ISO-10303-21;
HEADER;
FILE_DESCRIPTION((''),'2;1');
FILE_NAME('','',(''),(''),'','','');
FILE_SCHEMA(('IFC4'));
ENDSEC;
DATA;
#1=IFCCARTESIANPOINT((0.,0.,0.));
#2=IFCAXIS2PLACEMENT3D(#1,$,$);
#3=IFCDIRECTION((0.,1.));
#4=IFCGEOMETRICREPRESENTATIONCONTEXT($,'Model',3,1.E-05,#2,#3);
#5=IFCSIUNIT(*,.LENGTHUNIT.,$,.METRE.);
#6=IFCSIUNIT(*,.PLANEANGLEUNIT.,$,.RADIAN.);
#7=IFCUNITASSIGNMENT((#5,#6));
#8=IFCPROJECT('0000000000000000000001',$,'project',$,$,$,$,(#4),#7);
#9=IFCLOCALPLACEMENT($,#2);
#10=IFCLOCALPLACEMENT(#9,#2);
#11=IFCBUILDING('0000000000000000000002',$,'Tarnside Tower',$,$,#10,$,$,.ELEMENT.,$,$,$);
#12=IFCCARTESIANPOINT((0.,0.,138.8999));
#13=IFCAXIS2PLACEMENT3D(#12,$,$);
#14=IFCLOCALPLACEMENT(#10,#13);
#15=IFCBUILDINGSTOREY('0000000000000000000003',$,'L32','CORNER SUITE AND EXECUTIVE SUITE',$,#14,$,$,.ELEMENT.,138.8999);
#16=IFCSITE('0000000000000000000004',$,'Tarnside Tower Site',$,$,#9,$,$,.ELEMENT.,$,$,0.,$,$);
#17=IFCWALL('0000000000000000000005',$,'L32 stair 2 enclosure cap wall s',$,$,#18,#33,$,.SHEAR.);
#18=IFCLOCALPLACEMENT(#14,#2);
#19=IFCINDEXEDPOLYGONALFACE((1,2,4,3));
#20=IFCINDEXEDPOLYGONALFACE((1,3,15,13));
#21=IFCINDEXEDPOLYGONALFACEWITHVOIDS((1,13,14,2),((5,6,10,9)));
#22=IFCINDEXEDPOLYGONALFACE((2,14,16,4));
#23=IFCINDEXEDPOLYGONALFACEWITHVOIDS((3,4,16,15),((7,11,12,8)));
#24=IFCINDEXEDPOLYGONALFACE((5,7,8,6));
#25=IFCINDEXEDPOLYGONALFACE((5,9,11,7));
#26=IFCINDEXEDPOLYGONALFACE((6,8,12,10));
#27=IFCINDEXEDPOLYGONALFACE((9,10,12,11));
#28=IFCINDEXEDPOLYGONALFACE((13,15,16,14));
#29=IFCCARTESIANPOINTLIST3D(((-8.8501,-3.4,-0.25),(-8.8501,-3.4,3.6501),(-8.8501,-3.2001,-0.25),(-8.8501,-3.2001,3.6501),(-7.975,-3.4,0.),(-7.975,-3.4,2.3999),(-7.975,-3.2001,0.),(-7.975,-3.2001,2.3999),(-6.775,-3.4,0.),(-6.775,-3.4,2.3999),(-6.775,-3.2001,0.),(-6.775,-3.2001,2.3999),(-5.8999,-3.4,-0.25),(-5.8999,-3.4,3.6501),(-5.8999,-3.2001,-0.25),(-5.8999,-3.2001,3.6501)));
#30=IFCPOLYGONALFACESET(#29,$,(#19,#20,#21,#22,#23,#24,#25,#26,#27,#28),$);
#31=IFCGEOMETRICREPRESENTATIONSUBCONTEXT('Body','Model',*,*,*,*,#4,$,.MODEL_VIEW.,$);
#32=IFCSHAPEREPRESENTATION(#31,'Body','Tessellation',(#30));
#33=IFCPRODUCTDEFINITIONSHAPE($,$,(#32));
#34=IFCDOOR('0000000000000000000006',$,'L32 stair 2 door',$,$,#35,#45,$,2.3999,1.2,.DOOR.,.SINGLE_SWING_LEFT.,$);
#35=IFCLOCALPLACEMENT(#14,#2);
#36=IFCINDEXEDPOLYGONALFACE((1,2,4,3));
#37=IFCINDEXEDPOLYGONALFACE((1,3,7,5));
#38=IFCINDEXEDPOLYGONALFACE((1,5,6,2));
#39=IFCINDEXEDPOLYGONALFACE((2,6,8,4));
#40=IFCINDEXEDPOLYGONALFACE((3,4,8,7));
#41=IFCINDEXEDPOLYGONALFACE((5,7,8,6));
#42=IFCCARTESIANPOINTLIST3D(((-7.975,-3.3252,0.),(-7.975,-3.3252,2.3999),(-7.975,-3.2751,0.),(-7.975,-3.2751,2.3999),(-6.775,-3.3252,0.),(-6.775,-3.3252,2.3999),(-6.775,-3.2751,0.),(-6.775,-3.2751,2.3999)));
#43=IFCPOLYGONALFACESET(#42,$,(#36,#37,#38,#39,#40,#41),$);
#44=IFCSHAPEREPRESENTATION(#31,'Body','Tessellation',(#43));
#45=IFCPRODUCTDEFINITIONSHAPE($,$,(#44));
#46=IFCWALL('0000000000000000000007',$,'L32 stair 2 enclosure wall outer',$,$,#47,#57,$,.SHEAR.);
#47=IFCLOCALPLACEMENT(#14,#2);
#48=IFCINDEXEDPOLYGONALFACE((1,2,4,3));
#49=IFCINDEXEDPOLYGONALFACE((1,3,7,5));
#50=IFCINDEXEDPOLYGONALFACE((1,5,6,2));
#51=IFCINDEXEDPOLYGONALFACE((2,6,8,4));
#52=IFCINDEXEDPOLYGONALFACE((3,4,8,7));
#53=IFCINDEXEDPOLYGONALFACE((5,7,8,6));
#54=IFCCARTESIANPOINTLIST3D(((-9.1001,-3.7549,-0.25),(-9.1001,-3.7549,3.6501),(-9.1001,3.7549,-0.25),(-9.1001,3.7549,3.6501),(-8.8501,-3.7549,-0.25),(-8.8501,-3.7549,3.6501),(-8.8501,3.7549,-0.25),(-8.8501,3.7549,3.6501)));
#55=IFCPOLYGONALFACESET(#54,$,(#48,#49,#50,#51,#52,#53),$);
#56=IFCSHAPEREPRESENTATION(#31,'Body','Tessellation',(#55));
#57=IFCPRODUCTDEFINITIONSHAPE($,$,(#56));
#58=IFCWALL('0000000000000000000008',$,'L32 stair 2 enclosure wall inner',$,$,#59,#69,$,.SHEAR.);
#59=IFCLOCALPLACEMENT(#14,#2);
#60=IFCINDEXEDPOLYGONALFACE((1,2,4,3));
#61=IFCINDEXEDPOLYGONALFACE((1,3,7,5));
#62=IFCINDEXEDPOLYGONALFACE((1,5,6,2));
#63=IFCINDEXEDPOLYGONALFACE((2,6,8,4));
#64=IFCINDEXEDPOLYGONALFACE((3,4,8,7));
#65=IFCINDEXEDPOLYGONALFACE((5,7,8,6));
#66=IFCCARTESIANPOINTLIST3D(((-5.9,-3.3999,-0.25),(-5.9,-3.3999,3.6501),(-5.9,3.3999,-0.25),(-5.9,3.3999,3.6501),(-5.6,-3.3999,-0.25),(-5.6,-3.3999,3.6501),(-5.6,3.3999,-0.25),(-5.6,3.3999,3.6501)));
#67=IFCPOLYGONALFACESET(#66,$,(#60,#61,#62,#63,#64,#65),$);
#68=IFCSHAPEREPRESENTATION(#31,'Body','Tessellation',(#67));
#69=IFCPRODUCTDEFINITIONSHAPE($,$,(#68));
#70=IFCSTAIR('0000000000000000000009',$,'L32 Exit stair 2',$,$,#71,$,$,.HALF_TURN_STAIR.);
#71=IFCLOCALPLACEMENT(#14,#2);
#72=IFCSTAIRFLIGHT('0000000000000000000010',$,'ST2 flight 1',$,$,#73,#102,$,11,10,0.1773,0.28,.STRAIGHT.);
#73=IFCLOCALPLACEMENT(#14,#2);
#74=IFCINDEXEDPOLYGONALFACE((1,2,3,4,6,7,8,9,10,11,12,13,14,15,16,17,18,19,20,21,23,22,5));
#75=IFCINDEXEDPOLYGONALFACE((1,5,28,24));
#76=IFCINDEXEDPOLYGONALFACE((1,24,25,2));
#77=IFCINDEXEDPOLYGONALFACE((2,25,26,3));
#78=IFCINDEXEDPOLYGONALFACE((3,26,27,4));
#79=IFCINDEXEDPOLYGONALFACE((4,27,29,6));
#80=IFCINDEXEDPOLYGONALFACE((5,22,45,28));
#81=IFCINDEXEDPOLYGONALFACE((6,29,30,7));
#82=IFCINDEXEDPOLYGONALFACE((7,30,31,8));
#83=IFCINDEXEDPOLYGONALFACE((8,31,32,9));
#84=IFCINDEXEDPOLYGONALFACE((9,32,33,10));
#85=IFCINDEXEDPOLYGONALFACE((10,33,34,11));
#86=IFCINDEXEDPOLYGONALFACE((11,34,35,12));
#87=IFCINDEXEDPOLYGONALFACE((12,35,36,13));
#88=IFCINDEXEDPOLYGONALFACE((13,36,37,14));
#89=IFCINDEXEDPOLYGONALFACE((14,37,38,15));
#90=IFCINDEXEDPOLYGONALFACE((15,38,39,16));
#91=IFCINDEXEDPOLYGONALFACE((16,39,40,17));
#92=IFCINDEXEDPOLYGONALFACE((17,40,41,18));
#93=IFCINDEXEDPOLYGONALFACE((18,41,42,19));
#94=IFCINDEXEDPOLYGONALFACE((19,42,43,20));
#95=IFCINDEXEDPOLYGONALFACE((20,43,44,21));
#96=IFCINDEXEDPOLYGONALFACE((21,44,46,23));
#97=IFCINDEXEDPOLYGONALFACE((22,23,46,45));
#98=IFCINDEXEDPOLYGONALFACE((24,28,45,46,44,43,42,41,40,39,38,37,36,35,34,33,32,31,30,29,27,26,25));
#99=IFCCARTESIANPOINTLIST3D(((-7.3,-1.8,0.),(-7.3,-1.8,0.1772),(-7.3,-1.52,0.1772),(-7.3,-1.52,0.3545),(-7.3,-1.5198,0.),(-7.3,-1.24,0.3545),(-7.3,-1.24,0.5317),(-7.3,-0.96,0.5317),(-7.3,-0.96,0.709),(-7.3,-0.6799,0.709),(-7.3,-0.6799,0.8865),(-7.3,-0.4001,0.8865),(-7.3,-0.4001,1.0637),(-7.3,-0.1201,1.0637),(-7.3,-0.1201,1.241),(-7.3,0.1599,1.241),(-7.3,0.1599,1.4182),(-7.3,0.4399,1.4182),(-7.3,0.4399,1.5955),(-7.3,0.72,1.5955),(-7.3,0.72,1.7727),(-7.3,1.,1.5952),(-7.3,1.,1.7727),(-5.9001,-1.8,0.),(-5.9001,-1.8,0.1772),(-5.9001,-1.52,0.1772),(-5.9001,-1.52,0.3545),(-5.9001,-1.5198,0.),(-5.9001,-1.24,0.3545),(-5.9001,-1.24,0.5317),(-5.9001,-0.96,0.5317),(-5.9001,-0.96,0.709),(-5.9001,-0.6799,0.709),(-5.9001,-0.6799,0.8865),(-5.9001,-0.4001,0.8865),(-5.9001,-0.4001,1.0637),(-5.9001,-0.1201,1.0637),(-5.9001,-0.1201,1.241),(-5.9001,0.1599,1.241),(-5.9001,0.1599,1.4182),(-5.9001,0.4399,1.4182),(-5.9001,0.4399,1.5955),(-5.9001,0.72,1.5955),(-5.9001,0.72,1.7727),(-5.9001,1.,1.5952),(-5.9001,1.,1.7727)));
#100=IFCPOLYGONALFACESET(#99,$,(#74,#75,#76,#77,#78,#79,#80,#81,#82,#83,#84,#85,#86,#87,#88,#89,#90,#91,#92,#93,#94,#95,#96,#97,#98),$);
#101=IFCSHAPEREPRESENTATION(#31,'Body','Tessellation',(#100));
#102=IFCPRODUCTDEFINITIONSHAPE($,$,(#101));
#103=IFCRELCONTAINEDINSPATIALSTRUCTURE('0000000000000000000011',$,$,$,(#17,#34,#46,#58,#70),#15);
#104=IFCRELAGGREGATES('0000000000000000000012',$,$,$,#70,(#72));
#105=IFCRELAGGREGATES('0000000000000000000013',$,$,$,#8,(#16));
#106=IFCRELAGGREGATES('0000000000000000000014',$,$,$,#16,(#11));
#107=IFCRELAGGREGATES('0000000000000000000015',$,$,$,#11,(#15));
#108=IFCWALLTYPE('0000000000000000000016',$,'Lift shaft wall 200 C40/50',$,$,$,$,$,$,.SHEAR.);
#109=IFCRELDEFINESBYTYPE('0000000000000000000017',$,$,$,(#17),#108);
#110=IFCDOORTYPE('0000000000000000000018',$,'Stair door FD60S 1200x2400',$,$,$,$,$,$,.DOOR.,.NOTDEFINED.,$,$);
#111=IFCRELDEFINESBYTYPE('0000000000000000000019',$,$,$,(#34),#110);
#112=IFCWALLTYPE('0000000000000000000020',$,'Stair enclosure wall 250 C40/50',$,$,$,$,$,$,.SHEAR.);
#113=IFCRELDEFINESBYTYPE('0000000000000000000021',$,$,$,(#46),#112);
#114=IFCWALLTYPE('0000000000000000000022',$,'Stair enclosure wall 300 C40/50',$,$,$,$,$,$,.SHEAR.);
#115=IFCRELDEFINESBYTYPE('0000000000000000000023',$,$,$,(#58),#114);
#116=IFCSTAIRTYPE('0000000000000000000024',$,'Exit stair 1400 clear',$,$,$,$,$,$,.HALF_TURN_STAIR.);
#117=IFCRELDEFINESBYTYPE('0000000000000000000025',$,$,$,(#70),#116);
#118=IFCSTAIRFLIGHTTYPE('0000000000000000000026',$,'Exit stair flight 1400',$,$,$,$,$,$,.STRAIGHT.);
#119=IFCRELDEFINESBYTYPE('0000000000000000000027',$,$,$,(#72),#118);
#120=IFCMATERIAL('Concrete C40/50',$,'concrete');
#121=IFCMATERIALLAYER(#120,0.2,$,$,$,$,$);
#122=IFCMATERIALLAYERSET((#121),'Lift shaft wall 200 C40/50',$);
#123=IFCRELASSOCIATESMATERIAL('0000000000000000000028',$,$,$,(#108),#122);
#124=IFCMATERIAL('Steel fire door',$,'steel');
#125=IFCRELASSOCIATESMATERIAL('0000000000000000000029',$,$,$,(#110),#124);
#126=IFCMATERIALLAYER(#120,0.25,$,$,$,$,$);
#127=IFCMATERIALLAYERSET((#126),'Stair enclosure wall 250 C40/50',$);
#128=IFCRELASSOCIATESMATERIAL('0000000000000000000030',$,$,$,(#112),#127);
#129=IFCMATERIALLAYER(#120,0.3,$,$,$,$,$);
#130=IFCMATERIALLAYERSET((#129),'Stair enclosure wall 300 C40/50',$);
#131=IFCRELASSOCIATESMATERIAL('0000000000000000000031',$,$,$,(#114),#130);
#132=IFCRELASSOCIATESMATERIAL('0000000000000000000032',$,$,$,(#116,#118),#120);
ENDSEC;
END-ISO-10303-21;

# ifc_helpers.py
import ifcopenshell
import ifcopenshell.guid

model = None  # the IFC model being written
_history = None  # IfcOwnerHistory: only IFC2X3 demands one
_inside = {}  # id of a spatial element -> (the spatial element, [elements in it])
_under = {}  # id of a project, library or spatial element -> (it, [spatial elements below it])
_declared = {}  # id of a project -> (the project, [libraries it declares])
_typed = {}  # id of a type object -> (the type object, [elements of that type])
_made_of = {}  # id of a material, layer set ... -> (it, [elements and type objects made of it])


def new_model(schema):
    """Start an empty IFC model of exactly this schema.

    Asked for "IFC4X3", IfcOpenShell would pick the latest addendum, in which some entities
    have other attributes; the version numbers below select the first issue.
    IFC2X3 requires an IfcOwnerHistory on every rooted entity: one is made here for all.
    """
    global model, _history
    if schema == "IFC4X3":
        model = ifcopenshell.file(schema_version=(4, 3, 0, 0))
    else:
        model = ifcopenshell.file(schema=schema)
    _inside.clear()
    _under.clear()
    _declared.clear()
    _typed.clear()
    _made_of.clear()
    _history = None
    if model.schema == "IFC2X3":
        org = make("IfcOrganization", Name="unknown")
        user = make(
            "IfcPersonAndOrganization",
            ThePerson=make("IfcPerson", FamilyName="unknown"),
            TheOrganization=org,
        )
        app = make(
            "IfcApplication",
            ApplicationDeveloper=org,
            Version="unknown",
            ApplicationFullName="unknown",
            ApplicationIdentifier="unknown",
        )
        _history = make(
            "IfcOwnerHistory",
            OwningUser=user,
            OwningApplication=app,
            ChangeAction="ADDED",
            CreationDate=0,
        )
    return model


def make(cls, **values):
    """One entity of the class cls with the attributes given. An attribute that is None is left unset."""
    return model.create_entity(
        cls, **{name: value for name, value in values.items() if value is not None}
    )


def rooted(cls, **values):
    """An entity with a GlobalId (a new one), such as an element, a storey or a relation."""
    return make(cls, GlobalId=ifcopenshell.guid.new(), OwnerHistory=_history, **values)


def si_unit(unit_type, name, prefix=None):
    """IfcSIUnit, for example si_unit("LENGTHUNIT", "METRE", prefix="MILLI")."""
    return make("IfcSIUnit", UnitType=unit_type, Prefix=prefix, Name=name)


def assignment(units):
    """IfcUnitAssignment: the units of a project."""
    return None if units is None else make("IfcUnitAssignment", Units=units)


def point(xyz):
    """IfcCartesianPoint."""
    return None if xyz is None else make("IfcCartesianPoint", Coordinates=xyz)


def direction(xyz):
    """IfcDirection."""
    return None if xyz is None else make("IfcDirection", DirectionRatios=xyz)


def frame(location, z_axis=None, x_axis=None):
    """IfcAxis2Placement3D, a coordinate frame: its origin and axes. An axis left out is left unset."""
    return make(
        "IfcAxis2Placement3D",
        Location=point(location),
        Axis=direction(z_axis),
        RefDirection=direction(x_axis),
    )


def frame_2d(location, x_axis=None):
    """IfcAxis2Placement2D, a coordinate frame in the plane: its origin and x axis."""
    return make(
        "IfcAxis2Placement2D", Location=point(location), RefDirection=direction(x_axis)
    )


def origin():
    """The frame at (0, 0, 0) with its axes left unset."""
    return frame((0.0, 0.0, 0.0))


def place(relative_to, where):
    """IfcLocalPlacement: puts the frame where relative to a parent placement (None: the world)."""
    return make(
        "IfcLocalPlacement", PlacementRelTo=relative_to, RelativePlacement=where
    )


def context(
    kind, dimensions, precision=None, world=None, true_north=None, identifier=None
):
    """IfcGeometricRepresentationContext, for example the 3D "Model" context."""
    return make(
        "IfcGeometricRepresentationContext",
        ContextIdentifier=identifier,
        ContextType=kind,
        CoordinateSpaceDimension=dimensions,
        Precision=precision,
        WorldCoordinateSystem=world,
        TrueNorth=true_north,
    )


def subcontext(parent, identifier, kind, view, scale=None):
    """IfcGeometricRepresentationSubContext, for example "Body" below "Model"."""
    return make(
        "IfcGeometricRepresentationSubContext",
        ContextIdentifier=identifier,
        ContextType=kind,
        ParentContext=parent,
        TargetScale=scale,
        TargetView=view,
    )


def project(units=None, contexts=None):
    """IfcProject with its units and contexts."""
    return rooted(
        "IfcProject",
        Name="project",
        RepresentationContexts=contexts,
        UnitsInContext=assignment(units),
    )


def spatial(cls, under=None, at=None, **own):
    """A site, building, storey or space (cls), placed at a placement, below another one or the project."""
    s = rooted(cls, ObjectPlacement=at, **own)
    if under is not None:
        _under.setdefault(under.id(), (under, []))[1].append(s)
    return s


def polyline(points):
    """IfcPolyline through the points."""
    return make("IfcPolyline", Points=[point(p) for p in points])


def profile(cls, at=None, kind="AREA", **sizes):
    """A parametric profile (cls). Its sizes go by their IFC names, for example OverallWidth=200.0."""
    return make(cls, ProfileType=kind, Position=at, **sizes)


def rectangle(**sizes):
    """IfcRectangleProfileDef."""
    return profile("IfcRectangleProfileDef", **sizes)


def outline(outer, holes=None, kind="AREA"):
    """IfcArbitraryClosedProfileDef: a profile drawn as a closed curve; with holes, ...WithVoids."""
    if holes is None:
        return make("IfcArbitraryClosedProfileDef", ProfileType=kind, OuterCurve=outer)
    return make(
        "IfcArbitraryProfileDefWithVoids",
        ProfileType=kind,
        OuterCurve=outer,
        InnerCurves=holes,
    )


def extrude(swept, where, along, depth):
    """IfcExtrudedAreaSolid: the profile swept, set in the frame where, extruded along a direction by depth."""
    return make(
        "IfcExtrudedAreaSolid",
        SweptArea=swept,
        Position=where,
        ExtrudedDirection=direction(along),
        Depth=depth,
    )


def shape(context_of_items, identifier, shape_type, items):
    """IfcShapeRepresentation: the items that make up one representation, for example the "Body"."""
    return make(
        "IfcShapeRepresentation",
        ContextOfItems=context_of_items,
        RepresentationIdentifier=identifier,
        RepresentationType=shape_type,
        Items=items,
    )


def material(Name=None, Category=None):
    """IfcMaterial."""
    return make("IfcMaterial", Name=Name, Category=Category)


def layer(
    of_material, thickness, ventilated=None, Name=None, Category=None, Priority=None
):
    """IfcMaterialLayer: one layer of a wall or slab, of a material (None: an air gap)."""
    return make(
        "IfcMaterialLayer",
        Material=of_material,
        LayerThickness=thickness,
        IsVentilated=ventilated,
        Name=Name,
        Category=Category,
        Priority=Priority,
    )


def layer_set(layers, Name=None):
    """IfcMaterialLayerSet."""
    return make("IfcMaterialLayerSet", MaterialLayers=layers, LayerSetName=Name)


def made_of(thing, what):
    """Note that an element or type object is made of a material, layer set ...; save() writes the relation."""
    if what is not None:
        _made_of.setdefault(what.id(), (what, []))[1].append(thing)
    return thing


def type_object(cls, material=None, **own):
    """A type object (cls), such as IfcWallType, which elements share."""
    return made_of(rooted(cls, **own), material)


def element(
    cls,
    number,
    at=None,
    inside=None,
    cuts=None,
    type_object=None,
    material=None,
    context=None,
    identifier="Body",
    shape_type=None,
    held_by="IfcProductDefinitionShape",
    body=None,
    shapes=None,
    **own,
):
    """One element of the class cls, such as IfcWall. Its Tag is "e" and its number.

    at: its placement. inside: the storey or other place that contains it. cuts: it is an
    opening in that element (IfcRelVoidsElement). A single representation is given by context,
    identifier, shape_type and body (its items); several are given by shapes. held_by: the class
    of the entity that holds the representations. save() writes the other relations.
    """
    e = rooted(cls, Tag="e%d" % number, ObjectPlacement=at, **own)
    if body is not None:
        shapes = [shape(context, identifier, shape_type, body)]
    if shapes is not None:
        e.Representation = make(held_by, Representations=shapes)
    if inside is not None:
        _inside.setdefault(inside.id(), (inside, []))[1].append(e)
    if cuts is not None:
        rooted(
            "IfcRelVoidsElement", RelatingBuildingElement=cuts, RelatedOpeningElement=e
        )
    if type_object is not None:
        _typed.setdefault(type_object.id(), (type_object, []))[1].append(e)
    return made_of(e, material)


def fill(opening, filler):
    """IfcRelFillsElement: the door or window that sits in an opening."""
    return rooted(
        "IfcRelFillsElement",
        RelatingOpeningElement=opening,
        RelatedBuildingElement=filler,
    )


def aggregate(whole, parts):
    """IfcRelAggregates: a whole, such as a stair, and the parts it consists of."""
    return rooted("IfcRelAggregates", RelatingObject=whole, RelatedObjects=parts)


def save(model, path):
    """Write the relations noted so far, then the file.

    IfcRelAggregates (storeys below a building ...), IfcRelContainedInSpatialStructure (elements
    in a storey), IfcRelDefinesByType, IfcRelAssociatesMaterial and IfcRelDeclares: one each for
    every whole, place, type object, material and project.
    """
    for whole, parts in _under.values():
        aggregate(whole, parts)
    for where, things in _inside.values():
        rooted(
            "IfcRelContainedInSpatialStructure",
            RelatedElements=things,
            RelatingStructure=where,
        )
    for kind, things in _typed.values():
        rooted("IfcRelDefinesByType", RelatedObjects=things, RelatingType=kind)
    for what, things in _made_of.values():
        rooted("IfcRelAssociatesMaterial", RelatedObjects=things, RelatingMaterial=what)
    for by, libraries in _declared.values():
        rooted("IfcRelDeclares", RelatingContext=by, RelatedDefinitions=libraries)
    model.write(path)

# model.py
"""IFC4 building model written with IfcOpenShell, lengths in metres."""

from ifc_helpers import new_model, si_unit, direction, frame, frame_2d, origin, place, context, subcontext, project, spatial, polyline, rectangle, outline, extrude, material, layer, layer_set, type_object, element, fill, aggregate, save


model = new_model("IFC4")

# Units and contexts
model_context = context("Model", 3, precision=1e-05, world=origin(), true_north=direction((0.0, 1.0)))
body_context = subcontext(model_context, "Body", "Model", "MODEL_VIEW")
ifc_project = project(units=[si_unit("LENGTHUNIT", "METRE"), si_unit("PLANEANGLEUNIT", "RADIAN")], contexts=[model_context])

# Site, building, storey
site_placement = place(None, origin())
site = spatial("IfcSite", under=ifc_project, at=site_placement, Name="Tarnside Tower Site", CompositionType="ELEMENT", RefElevation=0.0)
building_placement = place(site_placement, origin())
building = spatial("IfcBuilding", under=site, at=building_placement, Name="Tarnside Tower", CompositionType="ELEMENT")
storey_placement = place(building_placement, frame((0.0, 0.0, 138.8999)))
storey = spatial("IfcBuildingStorey", under=building, at=storey_placement, Name="L32", Description="CORNER SUITE AND EXECUTIVE SUITE", CompositionType="ELEMENT", Elevation=138.8999)

# Shared definitions
ifc_material_1 = material(Name="Steel fire door", Category="steel")

# Shared definitions
ifc_material_2 = material(Name="Concrete C40/50", Category="concrete")
ifc_layer_1 = layer(ifc_material_2, 0.2)
ifc_layer_set_1 = layer_set([ifc_layer_1], Name="Lift shaft wall 200 C40/50")
wall_type_1 = type_object("IfcWallType", Name="Lift shaft wall 200 C40/50", PredefinedType="SHEAR", material=ifc_layer_set_1)

# Wall, opening, door
wall_1_placement = place(storey_placement, frame((-8.8501, -3.3, -0.25), z_axis=(0.0, 0.0, 1.0), x_axis=(1.0, 0.0, 0.0)))
wall_1 = element("IfcWall", 1, at=wall_1_placement, inside=storey, type_object=wall_type_1, Name="L32 stair 2 enclosure cap wall s", PredefinedType="SHEAR", context=body_context, shape_type="SweptSolid", body=[
    extrude(rectangle(XDim=2.9502, YDim=0.2, at=frame_2d((1.4751, 0.0))), origin(), (0.0, 0.0, 1.0), 3.9001),
])
opening_1_placement = place(wall_1_placement, frame((0.875, 0.0, 0.25)))
opening_1 = element("IfcOpeningElement", 2, at=opening_1_placement, cuts=wall_1, PredefinedType="OPENING", context=body_context, shape_type="SweptSolid", body=[
    extrude(rectangle(XDim=1.2, YDim=2.3999, at=frame_2d((0.6001, 1.2))), frame((0.0, 0.1099, 0.0), z_axis=(0.0, -1.0, 0.0), x_axis=(1.0, 0.0, 0.0)), (0.0, 0.0, 1.0), 0.22),
])
door_type_1 = type_object("IfcDoorType", Name="Stair door FD60S 1200x2400", OperationType="NOTDEFINED", PredefinedType="DOOR", material=ifc_material_1)
door_1_placement = place(opening_1_placement, origin())
door_1 = element("IfcDoor", 3, at=door_1_placement, inside=storey, type_object=door_type_1, Name="L32 stair 2 door", OperationType="SINGLE_SWING_LEFT", OverallHeight=2.3999, OverallWidth=1.2, PredefinedType="DOOR", context=body_context, shape_type="SweptSolid", body=[
    extrude(rectangle(XDim=1.2, YDim=2.3999, at=frame_2d((0.6001, 1.2))), frame((0.0, 0.0249, 0.0), z_axis=(0.0, -1.0, 0.0), x_axis=(1.0, 0.0, 0.0)), (0.0, 0.0, 1.0), 0.05),
])
fill(opening_1, door_1)

# Walls
ifc_layer_2 = layer(ifc_material_2, 0.25)
ifc_layer_set_2 = layer_set([ifc_layer_2], Name="Stair enclosure wall 250 C40/50")
wall_type_2 = type_object("IfcWallType", Name="Stair enclosure wall 250 C40/50", PredefinedType="SHEAR", material=ifc_layer_set_2)
wall_2_placement = place(storey_placement, frame((-8.9751, -3.7549, -0.25), z_axis=(0.0, 0.0, 1.0), x_axis=(0.0, 1.0, 0.0)))
element("IfcWall", 4, at=wall_2_placement, inside=storey, type_object=wall_type_2, Name="L32 stair 2 enclosure wall outer", PredefinedType="SHEAR", context=body_context, shape_type="SweptSolid", body=[
    extrude(rectangle(XDim=7.5098, YDim=0.25, at=frame_2d((3.7549, 0.0))), origin(), (0.0, 0.0, 1.0), 3.9001),
])
ifc_layer_3 = layer(ifc_material_2, 0.3)
ifc_layer_set_3 = layer_set([ifc_layer_3], Name="Stair enclosure wall 300 C40/50")
wall_type_3 = type_object("IfcWallType", Name="Stair enclosure wall 300 C40/50", PredefinedType="SHEAR", material=ifc_layer_set_3)
wall_3_placement = place(storey_placement, frame((-5.75, -3.3999, -0.25), z_axis=(0.0, 0.0, 1.0), x_axis=(0.0, 1.0, 0.0)))
element("IfcWall", 5, at=wall_3_placement, inside=storey, type_object=wall_type_3, Name="L32 stair 2 enclosure wall inner", PredefinedType="SHEAR", context=body_context, shape_type="SweptSolid", body=[
    extrude(rectangle(XDim=6.7998, YDim=0.3, at=frame_2d((3.3999, 0.0))), origin(), (0.0, 0.0, 1.0), 3.9001),
])

# Stair, stair flight
stair_type = type_object("IfcStairType", Name="Exit stair 1400 clear", PredefinedType="HALF_TURN_STAIR", material=ifc_material_2)
stair_placement = place(storey_placement, origin())
stair = element("IfcStair", 6, at=stair_placement, inside=storey, type_object=stair_type, Name="L32 Exit stair 2", PredefinedType="HALF_TURN_STAIR")
stair_flight_type = type_object("IfcStairFlightType", Name="Exit stair flight 1400", PredefinedType="STRAIGHT", material=ifc_material_2)
stair_flight_placement = place(storey_placement, frame((-6.6001, -1.8, 0.0), z_axis=(0.0, 0.0, 1.0), x_axis=(0.0, 1.0, 0.0)))
stair_flight = element("IfcStairFlight", 7, at=stair_flight_placement, type_object=stair_flight_type, Name="ST2 flight 1", NumberOfRisers=11, NumberOfTreads=10, PredefinedType="STRAIGHT", RiserHeight=0.1773, TreadLength=0.28, context=body_context, shape_type="SweptSolid", body=[
    extrude(outline(polyline([(0.0, 0.0), (0.0, 0.1772), (0.28, 0.1772), (0.28, 0.3545), (0.5601, 0.3545), (0.5601, 0.5317), (0.8401, 0.5317), (0.8401, 0.709), (1.1201, 0.709), (1.1201, 0.8865), (1.3999, 0.8865), (1.3999, 1.0637), (1.6799, 1.0637), (1.6799, 1.241), (1.96, 1.241), (1.96, 1.4182), (2.24, 1.4182), (2.24, 1.5955), (2.52, 1.5955), (2.52, 1.7727), (2.8, 1.7727), (2.8, 1.95), (2.8, 1.5952), (0.2803, 0.0), (0.0, 0.0)])), frame((0.0, 0.7, 0.0), z_axis=(0.0, -1.0, 0.0), x_axis=(1.0, 0.0, 0.0)), (0.0, 0.0, 1.0), 1.3999),
])
aggregate(stair, [stair_flight])

save(model, "model.ifc")
